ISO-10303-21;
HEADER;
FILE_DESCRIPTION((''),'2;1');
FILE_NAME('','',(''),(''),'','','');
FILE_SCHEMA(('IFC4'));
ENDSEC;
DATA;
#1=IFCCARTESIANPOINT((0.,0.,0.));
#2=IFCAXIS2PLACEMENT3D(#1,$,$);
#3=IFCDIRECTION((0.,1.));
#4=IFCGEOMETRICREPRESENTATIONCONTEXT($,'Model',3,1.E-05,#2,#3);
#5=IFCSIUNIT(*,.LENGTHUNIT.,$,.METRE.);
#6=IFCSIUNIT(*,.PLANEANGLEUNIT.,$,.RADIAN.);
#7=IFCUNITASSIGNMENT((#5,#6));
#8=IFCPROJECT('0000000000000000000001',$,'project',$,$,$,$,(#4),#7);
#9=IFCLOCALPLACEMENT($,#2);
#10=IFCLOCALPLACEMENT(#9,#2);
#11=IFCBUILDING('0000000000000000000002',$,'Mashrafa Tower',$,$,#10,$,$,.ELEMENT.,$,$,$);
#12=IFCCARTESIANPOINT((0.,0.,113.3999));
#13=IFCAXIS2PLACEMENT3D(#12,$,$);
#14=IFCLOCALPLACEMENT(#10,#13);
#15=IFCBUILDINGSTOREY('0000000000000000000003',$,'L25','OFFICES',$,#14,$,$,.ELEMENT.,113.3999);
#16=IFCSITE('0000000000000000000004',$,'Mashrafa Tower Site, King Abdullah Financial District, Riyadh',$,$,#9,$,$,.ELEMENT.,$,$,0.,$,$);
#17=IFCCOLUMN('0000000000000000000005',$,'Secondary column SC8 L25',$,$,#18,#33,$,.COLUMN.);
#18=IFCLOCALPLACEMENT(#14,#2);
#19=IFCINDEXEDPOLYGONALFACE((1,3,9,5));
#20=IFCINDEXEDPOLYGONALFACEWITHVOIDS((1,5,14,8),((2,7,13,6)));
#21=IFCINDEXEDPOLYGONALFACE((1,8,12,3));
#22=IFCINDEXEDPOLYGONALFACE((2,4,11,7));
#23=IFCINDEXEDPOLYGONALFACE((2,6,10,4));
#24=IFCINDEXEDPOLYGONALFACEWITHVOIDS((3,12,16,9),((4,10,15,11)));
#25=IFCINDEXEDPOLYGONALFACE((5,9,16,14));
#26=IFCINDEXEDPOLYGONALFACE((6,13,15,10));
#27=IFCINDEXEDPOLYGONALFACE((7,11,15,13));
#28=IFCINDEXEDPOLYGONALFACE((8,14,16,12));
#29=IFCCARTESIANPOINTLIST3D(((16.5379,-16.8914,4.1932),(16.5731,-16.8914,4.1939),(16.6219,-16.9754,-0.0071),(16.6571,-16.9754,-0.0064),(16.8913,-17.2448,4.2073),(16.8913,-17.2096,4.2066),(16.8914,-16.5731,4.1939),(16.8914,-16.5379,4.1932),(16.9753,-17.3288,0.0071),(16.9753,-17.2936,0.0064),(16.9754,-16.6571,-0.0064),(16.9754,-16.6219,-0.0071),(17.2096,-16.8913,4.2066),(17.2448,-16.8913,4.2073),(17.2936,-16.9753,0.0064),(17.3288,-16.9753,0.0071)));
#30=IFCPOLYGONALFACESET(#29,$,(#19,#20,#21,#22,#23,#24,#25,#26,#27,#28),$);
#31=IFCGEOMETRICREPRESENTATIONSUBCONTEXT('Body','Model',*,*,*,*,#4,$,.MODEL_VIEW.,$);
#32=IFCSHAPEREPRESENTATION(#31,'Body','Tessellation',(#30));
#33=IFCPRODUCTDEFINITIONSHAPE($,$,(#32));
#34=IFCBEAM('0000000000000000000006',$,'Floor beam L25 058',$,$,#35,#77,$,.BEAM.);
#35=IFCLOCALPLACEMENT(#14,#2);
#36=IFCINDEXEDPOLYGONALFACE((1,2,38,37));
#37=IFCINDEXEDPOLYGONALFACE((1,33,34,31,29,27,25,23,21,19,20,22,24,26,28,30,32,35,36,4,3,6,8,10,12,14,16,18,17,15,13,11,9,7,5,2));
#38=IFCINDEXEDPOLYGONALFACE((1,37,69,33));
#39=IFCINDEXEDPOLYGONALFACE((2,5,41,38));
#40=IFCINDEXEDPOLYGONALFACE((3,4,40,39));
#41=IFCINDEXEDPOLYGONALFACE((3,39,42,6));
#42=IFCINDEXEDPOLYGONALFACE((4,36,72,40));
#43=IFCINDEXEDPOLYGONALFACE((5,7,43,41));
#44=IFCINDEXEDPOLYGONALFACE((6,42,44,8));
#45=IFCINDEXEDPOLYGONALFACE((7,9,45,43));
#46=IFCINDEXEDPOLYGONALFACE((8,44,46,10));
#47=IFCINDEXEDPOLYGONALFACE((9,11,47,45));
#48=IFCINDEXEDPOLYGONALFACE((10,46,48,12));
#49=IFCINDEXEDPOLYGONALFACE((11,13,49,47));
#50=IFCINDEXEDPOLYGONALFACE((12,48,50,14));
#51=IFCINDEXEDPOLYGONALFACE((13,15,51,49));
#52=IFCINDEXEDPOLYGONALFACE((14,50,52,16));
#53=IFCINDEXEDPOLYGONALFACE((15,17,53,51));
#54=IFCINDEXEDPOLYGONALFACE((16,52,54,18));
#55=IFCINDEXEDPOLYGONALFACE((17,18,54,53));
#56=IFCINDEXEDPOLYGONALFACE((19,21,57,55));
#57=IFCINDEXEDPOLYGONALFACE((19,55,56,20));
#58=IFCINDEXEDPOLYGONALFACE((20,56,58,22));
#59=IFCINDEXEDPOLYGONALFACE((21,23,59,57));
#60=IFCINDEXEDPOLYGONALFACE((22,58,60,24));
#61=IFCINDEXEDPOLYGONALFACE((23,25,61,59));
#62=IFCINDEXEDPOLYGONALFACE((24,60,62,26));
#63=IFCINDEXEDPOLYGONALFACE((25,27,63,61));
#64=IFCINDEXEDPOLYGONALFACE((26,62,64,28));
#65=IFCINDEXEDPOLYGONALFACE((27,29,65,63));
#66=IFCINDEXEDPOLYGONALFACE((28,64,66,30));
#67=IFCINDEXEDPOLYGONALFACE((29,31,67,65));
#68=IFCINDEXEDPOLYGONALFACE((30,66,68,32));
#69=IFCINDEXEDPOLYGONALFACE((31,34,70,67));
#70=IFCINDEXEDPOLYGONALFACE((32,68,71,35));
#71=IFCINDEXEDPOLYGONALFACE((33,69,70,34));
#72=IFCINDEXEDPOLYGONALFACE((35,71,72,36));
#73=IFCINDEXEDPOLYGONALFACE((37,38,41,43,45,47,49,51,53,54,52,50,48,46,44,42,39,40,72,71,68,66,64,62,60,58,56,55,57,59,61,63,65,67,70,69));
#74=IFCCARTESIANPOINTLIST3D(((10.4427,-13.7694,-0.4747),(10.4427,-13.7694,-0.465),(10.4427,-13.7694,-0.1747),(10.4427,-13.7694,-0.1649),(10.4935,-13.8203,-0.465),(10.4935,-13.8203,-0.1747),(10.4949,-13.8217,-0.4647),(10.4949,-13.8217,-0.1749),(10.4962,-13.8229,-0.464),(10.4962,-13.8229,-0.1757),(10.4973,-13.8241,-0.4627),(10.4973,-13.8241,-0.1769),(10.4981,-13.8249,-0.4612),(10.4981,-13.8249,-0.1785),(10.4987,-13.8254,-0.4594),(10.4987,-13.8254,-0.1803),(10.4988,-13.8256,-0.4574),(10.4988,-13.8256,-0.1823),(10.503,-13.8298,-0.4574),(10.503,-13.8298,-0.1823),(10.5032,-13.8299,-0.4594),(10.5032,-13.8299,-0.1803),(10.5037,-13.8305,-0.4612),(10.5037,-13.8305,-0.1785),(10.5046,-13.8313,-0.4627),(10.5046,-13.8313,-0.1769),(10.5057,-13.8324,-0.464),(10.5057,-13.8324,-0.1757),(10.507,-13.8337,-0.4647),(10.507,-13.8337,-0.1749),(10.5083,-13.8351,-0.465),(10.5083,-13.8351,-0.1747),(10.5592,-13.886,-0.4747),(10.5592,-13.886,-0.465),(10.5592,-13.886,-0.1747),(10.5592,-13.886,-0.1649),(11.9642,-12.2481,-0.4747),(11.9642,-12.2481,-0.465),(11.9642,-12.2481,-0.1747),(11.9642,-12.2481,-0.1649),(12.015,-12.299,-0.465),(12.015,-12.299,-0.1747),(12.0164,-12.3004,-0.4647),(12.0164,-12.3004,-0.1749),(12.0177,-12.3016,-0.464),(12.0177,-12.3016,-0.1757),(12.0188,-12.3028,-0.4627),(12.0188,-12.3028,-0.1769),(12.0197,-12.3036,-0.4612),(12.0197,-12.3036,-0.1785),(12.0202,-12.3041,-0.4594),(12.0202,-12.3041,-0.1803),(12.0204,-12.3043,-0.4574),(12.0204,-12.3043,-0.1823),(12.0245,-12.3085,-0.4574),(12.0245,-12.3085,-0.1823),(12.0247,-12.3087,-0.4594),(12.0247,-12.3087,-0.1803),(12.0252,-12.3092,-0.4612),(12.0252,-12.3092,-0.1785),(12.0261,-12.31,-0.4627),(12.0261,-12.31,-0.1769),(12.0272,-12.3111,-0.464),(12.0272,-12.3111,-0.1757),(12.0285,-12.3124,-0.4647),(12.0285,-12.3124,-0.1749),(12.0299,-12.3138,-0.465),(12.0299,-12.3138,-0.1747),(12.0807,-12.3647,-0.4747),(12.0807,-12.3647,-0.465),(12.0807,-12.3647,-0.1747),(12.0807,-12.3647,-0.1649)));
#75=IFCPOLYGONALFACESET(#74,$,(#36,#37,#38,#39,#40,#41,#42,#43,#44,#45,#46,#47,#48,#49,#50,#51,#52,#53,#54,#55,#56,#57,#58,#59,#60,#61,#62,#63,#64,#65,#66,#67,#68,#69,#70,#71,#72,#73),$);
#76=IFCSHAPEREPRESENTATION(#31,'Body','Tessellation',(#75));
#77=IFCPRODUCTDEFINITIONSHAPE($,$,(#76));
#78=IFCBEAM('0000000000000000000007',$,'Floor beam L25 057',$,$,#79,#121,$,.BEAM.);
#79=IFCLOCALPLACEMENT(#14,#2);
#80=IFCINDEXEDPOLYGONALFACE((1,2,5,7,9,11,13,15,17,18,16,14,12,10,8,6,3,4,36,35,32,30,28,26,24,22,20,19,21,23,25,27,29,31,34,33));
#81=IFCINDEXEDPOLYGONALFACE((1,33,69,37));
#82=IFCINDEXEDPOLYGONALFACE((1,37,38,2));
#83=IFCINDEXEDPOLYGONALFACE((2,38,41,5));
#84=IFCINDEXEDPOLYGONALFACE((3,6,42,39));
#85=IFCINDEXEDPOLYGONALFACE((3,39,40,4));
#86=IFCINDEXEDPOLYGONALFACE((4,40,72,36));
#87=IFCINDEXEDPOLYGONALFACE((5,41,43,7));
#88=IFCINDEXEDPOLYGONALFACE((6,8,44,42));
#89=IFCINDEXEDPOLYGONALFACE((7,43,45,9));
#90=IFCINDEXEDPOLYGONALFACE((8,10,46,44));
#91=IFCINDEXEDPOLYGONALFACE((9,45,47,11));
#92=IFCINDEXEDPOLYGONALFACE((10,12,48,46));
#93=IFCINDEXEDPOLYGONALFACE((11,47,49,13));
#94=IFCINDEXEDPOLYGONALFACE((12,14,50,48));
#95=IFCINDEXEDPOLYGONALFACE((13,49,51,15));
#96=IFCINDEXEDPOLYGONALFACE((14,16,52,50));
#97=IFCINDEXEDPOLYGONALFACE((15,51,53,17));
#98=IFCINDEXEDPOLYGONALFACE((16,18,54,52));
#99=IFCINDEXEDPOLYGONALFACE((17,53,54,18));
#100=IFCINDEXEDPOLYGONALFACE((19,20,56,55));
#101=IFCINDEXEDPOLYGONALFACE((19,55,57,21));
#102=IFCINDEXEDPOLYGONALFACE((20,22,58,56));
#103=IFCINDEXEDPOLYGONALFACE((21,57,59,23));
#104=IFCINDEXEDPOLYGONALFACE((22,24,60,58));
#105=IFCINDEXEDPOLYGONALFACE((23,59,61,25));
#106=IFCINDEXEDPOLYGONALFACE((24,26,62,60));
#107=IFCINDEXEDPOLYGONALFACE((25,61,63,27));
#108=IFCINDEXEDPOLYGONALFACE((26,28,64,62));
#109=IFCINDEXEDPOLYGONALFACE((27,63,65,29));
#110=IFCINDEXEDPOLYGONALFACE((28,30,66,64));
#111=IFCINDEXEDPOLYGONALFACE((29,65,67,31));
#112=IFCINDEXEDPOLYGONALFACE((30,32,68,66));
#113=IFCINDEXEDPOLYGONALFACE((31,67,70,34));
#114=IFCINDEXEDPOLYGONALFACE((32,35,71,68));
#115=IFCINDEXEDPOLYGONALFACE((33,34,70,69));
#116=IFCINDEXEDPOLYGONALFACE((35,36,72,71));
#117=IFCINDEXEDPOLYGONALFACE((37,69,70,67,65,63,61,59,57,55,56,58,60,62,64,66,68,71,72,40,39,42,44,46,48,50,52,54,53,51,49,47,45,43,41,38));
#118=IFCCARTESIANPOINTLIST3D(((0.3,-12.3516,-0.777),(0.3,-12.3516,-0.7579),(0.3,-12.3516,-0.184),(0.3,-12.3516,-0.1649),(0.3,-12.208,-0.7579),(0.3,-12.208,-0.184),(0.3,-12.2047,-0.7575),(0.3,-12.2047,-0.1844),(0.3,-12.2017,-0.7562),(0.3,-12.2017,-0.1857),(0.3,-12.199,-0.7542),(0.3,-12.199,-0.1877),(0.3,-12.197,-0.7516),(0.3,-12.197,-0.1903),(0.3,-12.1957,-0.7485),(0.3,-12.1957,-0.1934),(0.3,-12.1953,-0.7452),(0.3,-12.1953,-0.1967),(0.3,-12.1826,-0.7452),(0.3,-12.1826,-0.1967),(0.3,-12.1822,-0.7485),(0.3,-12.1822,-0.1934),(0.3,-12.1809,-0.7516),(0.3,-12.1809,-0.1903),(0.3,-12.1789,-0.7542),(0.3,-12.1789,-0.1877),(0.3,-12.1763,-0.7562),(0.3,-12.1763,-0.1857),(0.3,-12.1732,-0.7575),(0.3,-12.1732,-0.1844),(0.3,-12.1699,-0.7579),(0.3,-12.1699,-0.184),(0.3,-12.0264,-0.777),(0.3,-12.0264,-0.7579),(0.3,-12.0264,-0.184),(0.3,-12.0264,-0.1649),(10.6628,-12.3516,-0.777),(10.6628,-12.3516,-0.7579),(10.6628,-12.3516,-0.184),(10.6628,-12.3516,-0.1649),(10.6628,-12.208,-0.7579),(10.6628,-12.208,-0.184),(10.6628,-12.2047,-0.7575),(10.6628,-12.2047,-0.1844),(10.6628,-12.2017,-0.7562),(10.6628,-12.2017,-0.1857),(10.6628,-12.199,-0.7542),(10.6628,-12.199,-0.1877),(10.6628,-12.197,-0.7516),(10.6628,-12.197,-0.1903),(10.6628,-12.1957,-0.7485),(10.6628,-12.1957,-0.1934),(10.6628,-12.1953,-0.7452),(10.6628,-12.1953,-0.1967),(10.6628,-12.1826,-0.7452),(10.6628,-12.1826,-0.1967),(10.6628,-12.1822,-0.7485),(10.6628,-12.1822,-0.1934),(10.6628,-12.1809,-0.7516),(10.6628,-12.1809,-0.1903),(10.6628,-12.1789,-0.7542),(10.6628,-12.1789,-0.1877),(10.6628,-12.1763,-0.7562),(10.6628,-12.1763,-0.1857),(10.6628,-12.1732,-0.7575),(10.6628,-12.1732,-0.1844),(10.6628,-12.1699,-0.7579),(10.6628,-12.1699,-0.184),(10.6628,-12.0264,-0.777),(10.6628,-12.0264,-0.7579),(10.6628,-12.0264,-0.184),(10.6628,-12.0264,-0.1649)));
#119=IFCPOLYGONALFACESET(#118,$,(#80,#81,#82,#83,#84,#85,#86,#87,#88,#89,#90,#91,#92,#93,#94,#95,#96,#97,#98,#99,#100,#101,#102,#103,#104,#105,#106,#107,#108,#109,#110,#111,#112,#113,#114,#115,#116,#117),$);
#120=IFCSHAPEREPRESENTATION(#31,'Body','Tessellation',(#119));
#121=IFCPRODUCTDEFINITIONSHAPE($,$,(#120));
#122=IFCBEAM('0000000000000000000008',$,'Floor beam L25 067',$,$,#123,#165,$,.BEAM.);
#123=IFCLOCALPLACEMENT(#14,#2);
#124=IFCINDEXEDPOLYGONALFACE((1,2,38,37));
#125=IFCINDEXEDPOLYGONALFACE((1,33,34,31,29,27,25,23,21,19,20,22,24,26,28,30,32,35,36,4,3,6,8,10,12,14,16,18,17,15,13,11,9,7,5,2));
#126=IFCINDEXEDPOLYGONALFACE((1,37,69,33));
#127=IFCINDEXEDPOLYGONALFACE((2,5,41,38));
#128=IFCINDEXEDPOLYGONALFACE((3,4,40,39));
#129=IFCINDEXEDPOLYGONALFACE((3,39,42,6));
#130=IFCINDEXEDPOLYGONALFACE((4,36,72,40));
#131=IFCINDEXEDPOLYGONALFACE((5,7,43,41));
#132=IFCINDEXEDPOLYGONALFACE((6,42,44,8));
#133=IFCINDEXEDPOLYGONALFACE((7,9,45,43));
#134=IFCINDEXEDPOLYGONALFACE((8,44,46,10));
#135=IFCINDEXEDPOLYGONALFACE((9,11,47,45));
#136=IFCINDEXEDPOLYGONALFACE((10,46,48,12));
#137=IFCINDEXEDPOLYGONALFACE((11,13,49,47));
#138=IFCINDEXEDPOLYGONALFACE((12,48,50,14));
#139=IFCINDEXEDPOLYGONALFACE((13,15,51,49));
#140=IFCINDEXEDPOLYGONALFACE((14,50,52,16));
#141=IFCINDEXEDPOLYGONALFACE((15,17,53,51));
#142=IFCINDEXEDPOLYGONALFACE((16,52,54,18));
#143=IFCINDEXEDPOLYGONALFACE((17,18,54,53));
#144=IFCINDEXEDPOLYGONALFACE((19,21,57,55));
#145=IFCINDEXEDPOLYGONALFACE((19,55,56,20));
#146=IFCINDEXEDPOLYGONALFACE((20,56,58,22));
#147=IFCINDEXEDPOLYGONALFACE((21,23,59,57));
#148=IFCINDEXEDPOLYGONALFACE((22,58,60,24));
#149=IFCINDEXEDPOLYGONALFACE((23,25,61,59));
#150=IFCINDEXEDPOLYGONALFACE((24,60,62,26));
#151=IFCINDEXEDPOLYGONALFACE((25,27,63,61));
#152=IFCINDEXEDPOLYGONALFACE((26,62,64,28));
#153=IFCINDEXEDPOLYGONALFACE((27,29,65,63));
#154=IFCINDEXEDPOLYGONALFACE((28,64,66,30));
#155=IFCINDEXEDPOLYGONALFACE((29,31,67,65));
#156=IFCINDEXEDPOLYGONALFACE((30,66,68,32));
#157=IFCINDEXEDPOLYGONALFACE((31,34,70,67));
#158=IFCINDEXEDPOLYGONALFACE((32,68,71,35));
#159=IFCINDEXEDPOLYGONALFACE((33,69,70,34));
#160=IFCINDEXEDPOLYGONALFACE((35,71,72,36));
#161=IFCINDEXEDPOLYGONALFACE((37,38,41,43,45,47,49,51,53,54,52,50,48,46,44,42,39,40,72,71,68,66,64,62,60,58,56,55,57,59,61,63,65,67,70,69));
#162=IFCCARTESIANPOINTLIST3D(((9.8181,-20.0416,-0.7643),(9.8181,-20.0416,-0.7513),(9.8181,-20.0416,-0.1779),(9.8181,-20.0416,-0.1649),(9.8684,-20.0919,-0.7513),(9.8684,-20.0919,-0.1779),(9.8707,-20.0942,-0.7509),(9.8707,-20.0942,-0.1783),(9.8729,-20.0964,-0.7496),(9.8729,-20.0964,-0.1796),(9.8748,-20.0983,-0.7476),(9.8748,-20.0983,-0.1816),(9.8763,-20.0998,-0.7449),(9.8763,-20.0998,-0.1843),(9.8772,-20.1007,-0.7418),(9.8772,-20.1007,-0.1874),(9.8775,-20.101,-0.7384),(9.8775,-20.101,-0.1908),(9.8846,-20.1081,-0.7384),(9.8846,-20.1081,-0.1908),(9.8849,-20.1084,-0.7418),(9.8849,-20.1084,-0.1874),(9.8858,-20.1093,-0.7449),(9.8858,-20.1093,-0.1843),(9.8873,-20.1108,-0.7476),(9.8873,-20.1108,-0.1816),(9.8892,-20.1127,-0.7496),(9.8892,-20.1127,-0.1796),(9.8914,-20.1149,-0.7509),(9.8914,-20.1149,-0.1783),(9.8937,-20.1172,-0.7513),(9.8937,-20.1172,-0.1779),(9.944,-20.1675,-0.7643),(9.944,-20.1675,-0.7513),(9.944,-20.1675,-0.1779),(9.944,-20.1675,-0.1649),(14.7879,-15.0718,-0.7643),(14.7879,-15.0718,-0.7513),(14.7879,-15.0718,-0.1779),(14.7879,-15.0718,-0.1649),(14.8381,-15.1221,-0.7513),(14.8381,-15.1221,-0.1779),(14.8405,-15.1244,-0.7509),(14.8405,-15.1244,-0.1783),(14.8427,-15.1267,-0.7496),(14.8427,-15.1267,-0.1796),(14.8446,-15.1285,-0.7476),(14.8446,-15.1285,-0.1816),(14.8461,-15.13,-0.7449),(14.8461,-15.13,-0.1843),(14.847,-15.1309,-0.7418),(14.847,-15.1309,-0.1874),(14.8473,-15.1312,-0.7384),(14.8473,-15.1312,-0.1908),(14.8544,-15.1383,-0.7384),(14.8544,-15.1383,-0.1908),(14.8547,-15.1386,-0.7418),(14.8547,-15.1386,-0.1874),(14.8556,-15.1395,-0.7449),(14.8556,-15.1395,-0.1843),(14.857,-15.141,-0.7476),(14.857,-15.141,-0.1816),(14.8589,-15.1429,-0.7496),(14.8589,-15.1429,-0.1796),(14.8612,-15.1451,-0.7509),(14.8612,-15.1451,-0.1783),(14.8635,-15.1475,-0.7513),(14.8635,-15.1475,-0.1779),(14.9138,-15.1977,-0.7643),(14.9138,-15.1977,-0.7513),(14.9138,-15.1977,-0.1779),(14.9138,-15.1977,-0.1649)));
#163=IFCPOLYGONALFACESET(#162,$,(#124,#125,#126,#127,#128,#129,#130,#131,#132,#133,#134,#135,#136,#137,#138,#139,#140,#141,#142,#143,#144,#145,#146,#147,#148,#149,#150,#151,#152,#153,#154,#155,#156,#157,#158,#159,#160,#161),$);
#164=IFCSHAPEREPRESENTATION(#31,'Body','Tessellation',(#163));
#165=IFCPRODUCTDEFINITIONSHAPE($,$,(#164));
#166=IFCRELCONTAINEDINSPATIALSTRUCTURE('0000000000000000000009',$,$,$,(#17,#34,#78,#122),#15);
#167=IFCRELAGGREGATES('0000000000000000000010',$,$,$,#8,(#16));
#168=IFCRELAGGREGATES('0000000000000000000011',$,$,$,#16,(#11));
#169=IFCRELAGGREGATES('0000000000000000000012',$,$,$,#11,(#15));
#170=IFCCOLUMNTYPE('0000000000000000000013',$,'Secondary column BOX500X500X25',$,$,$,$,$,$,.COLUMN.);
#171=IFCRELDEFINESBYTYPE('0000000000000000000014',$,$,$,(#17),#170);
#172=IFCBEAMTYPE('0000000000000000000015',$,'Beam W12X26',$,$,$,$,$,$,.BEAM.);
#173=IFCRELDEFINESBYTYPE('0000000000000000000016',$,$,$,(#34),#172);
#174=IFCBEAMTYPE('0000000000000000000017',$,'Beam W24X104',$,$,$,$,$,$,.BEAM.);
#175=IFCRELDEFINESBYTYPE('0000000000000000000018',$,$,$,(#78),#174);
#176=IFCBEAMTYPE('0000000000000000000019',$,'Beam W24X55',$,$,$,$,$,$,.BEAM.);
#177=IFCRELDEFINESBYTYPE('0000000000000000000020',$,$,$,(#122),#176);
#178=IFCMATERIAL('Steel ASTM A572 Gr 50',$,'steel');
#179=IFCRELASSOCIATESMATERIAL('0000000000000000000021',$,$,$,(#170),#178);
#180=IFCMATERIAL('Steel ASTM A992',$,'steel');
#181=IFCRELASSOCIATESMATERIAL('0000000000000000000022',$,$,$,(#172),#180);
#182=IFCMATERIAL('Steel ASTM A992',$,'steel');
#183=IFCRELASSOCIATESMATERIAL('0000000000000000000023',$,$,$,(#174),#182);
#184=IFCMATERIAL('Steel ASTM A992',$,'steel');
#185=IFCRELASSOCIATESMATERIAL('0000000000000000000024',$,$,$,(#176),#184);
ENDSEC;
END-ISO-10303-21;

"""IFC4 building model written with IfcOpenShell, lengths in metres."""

from ifc_helpers import new_model, si_unit, direction, frame, origin, origin_2d, place, context, subcontext, project, spatial, hollow_rectangle, i_section, extrude, material, material_profile, profile_set, type_object, element, save


model = new_model("IFC4")

# Units and contexts
model_context = context("Model", 3, precision=1e-05, world=origin(), true_north=direction((0.0, 1.0)))
body_context = subcontext(model_context, "Body", "Model", "MODEL_VIEW")
ifc_project = project(units=[si_unit("LENGTHUNIT", "METRE"), si_unit("PLANEANGLEUNIT", "RADIAN")], contexts=[model_context])

# Site, building, storey
site_placement = place(None, origin())
site = spatial("IfcSite", under=ifc_project, at=site_placement, Name="Mashrafa Tower Site, King Abdullah Financial District, Riyadh", CompositionType="ELEMENT", RefElevation=0.0)
building_placement = place(site_placement, origin())
building = spatial("IfcBuilding", under=site, at=building_placement, Name="Mashrafa Tower", CompositionType="ELEMENT")
storey_placement = place(building_placement, frame((0.0, 0.0, 113.3999)))
storey = spatial("IfcBuildingStorey", under=building, at=storey_placement, Name="L25", Description="OFFICES", CompositionType="ELEMENT", Elevation=113.3999)

# Column
ifc_material_1 = material(Name="Steel ASTM A572 Gr 50", Category="steel")
ifc_material_profile_1 = material_profile(ifc_material_1, hollow_rectangle(XDim=0.5, YDim=0.5, WallThickness=0.0249, at=origin_2d()), Name="BOX500X500X25")
ifc_profile_set_1 = profile_set([ifc_material_profile_1], Name="Steel ASTM A572 Gr 50")
column_type = type_object("IfcColumnType", Name="Secondary column BOX500X500X25", PredefinedType="COLUMN", material=ifc_profile_set_1)
column_placement = place(storey_placement, frame((16.9753, -16.9753, 0.0), z_axis=(-0.019987, 0.019987, 0.9996), x_axis=(-0.707107, -0.707107, 0.0)))
element("IfcColumn", 1, at=column_placement, inside=storey, type_object=column_type, Name="Secondary column SC8 L25", PredefinedType="COLUMN", context=body_context, shape_type="SweptSolid", body=[
    extrude(hollow_rectangle(XDim=0.5, YDim=0.5, WallThickness=0.0249, at=origin_2d()), origin(), (0.0, 0.0, 1.0), 4.2019),
])

# Beams
ifc_material_2 = material(Name="Steel ASTM A992", Category="steel")
ifc_material_profile_2 = material_profile(ifc_material_2, i_section(OverallWidth=0.1648, OverallDepth=0.3098, WebThickness=0.0059, FlangeThickness=0.0098, FilletRadius=0.0076, at=origin_2d()), Name="W12X26")
ifc_profile_set_2 = profile_set([ifc_material_profile_2], Name="Steel ASTM A992")
beam_type_1 = type_object("IfcBeamType", Name="Beam W12X26", PredefinedType="BEAM", material=ifc_profile_set_2)
beam_1_placement = place(storey_placement, frame((12.0225, -12.3064, -0.3198), z_axis=(-0.707164, -0.70705, 0.0), x_axis=(0.70705, -0.707164, 0.0)))
element("IfcBeam", 2, at=beam_1_placement, inside=storey, type_object=beam_type_1, Name="Floor beam L25 058", PredefinedType="BEAM", context=body_context, shape_type="SweptSolid", body=[
    extrude(i_section(OverallWidth=0.1648, OverallDepth=0.3098, WebThickness=0.0059, FlangeThickness=0.0098, FilletRadius=0.0076, at=origin_2d()), origin(), (0.0, 0.0, 1.0), 2.1516),
])
ifc_material_3 = material(Name="Steel ASTM A992", Category="steel")
ifc_material_profile_3 = material_profile(ifc_material_3, i_section(OverallWidth=0.3252, OverallDepth=0.6121, WebThickness=0.0127, FlangeThickness=0.019, FilletRadius=0.0127, at=origin_2d()), Name="W24X104")
ifc_profile_set_3 = profile_set([ifc_material_profile_3], Name="Steel ASTM A992")
beam_type_2 = type_object("IfcBeamType", Name="Beam W24X104", PredefinedType="BEAM", material=ifc_profile_set_3)
beam_2_placement = place(storey_placement, frame((10.6628, -12.189, -0.4709), z_axis=(-1.0, 0.0, 0.0), x_axis=(0.0, -1.0, 0.0)))
element("IfcBeam", 3, at=beam_2_placement, inside=storey, type_object=beam_type_2, Name="Floor beam L25 057", PredefinedType="BEAM", context=body_context, shape_type="SweptSolid", body=[
    extrude(i_section(OverallWidth=0.3252, OverallDepth=0.6121, WebThickness=0.0127, FlangeThickness=0.019, FilletRadius=0.0127, at=origin_2d()), origin(), (0.0, 0.0, 1.0), 10.3628),
])
ifc_material_4 = material(Name="Steel ASTM A992", Category="steel")
ifc_material_profile_4 = material_profile(ifc_material_4, i_section(OverallWidth=0.178, OverallDepth=0.5994, WebThickness=0.01, FlangeThickness=0.0129, FilletRadius=0.0129, at=origin_2d()), Name="W24X55")
ifc_profile_set_4 = profile_set([ifc_material_profile_4], Name="Steel ASTM A992")
beam_type_3 = type_object("IfcBeamType", Name="Beam W24X55", PredefinedType="BEAM", material=ifc_profile_set_4)
beam_3_placement = place(storey_placement, frame((14.8508, -15.1348, -0.4646), z_axis=(-0.707107, -0.707107, 0.0), x_axis=(0.707107, -0.707107, 0.0)))
element("IfcBeam", 4, at=beam_3_placement, inside=storey, type_object=beam_type_3, Name="Floor beam L25 067", PredefinedType="BEAM", context=body_context, shape_type="SweptSolid", body=[
    extrude(i_section(OverallWidth=0.178, OverallDepth=0.5994, WebThickness=0.01, FlangeThickness=0.0129, FilletRadius=0.0129, at=origin_2d()), origin(), (0.0, 0.0, 1.0), 7.0283),
])

save(model, "model.ifc")
